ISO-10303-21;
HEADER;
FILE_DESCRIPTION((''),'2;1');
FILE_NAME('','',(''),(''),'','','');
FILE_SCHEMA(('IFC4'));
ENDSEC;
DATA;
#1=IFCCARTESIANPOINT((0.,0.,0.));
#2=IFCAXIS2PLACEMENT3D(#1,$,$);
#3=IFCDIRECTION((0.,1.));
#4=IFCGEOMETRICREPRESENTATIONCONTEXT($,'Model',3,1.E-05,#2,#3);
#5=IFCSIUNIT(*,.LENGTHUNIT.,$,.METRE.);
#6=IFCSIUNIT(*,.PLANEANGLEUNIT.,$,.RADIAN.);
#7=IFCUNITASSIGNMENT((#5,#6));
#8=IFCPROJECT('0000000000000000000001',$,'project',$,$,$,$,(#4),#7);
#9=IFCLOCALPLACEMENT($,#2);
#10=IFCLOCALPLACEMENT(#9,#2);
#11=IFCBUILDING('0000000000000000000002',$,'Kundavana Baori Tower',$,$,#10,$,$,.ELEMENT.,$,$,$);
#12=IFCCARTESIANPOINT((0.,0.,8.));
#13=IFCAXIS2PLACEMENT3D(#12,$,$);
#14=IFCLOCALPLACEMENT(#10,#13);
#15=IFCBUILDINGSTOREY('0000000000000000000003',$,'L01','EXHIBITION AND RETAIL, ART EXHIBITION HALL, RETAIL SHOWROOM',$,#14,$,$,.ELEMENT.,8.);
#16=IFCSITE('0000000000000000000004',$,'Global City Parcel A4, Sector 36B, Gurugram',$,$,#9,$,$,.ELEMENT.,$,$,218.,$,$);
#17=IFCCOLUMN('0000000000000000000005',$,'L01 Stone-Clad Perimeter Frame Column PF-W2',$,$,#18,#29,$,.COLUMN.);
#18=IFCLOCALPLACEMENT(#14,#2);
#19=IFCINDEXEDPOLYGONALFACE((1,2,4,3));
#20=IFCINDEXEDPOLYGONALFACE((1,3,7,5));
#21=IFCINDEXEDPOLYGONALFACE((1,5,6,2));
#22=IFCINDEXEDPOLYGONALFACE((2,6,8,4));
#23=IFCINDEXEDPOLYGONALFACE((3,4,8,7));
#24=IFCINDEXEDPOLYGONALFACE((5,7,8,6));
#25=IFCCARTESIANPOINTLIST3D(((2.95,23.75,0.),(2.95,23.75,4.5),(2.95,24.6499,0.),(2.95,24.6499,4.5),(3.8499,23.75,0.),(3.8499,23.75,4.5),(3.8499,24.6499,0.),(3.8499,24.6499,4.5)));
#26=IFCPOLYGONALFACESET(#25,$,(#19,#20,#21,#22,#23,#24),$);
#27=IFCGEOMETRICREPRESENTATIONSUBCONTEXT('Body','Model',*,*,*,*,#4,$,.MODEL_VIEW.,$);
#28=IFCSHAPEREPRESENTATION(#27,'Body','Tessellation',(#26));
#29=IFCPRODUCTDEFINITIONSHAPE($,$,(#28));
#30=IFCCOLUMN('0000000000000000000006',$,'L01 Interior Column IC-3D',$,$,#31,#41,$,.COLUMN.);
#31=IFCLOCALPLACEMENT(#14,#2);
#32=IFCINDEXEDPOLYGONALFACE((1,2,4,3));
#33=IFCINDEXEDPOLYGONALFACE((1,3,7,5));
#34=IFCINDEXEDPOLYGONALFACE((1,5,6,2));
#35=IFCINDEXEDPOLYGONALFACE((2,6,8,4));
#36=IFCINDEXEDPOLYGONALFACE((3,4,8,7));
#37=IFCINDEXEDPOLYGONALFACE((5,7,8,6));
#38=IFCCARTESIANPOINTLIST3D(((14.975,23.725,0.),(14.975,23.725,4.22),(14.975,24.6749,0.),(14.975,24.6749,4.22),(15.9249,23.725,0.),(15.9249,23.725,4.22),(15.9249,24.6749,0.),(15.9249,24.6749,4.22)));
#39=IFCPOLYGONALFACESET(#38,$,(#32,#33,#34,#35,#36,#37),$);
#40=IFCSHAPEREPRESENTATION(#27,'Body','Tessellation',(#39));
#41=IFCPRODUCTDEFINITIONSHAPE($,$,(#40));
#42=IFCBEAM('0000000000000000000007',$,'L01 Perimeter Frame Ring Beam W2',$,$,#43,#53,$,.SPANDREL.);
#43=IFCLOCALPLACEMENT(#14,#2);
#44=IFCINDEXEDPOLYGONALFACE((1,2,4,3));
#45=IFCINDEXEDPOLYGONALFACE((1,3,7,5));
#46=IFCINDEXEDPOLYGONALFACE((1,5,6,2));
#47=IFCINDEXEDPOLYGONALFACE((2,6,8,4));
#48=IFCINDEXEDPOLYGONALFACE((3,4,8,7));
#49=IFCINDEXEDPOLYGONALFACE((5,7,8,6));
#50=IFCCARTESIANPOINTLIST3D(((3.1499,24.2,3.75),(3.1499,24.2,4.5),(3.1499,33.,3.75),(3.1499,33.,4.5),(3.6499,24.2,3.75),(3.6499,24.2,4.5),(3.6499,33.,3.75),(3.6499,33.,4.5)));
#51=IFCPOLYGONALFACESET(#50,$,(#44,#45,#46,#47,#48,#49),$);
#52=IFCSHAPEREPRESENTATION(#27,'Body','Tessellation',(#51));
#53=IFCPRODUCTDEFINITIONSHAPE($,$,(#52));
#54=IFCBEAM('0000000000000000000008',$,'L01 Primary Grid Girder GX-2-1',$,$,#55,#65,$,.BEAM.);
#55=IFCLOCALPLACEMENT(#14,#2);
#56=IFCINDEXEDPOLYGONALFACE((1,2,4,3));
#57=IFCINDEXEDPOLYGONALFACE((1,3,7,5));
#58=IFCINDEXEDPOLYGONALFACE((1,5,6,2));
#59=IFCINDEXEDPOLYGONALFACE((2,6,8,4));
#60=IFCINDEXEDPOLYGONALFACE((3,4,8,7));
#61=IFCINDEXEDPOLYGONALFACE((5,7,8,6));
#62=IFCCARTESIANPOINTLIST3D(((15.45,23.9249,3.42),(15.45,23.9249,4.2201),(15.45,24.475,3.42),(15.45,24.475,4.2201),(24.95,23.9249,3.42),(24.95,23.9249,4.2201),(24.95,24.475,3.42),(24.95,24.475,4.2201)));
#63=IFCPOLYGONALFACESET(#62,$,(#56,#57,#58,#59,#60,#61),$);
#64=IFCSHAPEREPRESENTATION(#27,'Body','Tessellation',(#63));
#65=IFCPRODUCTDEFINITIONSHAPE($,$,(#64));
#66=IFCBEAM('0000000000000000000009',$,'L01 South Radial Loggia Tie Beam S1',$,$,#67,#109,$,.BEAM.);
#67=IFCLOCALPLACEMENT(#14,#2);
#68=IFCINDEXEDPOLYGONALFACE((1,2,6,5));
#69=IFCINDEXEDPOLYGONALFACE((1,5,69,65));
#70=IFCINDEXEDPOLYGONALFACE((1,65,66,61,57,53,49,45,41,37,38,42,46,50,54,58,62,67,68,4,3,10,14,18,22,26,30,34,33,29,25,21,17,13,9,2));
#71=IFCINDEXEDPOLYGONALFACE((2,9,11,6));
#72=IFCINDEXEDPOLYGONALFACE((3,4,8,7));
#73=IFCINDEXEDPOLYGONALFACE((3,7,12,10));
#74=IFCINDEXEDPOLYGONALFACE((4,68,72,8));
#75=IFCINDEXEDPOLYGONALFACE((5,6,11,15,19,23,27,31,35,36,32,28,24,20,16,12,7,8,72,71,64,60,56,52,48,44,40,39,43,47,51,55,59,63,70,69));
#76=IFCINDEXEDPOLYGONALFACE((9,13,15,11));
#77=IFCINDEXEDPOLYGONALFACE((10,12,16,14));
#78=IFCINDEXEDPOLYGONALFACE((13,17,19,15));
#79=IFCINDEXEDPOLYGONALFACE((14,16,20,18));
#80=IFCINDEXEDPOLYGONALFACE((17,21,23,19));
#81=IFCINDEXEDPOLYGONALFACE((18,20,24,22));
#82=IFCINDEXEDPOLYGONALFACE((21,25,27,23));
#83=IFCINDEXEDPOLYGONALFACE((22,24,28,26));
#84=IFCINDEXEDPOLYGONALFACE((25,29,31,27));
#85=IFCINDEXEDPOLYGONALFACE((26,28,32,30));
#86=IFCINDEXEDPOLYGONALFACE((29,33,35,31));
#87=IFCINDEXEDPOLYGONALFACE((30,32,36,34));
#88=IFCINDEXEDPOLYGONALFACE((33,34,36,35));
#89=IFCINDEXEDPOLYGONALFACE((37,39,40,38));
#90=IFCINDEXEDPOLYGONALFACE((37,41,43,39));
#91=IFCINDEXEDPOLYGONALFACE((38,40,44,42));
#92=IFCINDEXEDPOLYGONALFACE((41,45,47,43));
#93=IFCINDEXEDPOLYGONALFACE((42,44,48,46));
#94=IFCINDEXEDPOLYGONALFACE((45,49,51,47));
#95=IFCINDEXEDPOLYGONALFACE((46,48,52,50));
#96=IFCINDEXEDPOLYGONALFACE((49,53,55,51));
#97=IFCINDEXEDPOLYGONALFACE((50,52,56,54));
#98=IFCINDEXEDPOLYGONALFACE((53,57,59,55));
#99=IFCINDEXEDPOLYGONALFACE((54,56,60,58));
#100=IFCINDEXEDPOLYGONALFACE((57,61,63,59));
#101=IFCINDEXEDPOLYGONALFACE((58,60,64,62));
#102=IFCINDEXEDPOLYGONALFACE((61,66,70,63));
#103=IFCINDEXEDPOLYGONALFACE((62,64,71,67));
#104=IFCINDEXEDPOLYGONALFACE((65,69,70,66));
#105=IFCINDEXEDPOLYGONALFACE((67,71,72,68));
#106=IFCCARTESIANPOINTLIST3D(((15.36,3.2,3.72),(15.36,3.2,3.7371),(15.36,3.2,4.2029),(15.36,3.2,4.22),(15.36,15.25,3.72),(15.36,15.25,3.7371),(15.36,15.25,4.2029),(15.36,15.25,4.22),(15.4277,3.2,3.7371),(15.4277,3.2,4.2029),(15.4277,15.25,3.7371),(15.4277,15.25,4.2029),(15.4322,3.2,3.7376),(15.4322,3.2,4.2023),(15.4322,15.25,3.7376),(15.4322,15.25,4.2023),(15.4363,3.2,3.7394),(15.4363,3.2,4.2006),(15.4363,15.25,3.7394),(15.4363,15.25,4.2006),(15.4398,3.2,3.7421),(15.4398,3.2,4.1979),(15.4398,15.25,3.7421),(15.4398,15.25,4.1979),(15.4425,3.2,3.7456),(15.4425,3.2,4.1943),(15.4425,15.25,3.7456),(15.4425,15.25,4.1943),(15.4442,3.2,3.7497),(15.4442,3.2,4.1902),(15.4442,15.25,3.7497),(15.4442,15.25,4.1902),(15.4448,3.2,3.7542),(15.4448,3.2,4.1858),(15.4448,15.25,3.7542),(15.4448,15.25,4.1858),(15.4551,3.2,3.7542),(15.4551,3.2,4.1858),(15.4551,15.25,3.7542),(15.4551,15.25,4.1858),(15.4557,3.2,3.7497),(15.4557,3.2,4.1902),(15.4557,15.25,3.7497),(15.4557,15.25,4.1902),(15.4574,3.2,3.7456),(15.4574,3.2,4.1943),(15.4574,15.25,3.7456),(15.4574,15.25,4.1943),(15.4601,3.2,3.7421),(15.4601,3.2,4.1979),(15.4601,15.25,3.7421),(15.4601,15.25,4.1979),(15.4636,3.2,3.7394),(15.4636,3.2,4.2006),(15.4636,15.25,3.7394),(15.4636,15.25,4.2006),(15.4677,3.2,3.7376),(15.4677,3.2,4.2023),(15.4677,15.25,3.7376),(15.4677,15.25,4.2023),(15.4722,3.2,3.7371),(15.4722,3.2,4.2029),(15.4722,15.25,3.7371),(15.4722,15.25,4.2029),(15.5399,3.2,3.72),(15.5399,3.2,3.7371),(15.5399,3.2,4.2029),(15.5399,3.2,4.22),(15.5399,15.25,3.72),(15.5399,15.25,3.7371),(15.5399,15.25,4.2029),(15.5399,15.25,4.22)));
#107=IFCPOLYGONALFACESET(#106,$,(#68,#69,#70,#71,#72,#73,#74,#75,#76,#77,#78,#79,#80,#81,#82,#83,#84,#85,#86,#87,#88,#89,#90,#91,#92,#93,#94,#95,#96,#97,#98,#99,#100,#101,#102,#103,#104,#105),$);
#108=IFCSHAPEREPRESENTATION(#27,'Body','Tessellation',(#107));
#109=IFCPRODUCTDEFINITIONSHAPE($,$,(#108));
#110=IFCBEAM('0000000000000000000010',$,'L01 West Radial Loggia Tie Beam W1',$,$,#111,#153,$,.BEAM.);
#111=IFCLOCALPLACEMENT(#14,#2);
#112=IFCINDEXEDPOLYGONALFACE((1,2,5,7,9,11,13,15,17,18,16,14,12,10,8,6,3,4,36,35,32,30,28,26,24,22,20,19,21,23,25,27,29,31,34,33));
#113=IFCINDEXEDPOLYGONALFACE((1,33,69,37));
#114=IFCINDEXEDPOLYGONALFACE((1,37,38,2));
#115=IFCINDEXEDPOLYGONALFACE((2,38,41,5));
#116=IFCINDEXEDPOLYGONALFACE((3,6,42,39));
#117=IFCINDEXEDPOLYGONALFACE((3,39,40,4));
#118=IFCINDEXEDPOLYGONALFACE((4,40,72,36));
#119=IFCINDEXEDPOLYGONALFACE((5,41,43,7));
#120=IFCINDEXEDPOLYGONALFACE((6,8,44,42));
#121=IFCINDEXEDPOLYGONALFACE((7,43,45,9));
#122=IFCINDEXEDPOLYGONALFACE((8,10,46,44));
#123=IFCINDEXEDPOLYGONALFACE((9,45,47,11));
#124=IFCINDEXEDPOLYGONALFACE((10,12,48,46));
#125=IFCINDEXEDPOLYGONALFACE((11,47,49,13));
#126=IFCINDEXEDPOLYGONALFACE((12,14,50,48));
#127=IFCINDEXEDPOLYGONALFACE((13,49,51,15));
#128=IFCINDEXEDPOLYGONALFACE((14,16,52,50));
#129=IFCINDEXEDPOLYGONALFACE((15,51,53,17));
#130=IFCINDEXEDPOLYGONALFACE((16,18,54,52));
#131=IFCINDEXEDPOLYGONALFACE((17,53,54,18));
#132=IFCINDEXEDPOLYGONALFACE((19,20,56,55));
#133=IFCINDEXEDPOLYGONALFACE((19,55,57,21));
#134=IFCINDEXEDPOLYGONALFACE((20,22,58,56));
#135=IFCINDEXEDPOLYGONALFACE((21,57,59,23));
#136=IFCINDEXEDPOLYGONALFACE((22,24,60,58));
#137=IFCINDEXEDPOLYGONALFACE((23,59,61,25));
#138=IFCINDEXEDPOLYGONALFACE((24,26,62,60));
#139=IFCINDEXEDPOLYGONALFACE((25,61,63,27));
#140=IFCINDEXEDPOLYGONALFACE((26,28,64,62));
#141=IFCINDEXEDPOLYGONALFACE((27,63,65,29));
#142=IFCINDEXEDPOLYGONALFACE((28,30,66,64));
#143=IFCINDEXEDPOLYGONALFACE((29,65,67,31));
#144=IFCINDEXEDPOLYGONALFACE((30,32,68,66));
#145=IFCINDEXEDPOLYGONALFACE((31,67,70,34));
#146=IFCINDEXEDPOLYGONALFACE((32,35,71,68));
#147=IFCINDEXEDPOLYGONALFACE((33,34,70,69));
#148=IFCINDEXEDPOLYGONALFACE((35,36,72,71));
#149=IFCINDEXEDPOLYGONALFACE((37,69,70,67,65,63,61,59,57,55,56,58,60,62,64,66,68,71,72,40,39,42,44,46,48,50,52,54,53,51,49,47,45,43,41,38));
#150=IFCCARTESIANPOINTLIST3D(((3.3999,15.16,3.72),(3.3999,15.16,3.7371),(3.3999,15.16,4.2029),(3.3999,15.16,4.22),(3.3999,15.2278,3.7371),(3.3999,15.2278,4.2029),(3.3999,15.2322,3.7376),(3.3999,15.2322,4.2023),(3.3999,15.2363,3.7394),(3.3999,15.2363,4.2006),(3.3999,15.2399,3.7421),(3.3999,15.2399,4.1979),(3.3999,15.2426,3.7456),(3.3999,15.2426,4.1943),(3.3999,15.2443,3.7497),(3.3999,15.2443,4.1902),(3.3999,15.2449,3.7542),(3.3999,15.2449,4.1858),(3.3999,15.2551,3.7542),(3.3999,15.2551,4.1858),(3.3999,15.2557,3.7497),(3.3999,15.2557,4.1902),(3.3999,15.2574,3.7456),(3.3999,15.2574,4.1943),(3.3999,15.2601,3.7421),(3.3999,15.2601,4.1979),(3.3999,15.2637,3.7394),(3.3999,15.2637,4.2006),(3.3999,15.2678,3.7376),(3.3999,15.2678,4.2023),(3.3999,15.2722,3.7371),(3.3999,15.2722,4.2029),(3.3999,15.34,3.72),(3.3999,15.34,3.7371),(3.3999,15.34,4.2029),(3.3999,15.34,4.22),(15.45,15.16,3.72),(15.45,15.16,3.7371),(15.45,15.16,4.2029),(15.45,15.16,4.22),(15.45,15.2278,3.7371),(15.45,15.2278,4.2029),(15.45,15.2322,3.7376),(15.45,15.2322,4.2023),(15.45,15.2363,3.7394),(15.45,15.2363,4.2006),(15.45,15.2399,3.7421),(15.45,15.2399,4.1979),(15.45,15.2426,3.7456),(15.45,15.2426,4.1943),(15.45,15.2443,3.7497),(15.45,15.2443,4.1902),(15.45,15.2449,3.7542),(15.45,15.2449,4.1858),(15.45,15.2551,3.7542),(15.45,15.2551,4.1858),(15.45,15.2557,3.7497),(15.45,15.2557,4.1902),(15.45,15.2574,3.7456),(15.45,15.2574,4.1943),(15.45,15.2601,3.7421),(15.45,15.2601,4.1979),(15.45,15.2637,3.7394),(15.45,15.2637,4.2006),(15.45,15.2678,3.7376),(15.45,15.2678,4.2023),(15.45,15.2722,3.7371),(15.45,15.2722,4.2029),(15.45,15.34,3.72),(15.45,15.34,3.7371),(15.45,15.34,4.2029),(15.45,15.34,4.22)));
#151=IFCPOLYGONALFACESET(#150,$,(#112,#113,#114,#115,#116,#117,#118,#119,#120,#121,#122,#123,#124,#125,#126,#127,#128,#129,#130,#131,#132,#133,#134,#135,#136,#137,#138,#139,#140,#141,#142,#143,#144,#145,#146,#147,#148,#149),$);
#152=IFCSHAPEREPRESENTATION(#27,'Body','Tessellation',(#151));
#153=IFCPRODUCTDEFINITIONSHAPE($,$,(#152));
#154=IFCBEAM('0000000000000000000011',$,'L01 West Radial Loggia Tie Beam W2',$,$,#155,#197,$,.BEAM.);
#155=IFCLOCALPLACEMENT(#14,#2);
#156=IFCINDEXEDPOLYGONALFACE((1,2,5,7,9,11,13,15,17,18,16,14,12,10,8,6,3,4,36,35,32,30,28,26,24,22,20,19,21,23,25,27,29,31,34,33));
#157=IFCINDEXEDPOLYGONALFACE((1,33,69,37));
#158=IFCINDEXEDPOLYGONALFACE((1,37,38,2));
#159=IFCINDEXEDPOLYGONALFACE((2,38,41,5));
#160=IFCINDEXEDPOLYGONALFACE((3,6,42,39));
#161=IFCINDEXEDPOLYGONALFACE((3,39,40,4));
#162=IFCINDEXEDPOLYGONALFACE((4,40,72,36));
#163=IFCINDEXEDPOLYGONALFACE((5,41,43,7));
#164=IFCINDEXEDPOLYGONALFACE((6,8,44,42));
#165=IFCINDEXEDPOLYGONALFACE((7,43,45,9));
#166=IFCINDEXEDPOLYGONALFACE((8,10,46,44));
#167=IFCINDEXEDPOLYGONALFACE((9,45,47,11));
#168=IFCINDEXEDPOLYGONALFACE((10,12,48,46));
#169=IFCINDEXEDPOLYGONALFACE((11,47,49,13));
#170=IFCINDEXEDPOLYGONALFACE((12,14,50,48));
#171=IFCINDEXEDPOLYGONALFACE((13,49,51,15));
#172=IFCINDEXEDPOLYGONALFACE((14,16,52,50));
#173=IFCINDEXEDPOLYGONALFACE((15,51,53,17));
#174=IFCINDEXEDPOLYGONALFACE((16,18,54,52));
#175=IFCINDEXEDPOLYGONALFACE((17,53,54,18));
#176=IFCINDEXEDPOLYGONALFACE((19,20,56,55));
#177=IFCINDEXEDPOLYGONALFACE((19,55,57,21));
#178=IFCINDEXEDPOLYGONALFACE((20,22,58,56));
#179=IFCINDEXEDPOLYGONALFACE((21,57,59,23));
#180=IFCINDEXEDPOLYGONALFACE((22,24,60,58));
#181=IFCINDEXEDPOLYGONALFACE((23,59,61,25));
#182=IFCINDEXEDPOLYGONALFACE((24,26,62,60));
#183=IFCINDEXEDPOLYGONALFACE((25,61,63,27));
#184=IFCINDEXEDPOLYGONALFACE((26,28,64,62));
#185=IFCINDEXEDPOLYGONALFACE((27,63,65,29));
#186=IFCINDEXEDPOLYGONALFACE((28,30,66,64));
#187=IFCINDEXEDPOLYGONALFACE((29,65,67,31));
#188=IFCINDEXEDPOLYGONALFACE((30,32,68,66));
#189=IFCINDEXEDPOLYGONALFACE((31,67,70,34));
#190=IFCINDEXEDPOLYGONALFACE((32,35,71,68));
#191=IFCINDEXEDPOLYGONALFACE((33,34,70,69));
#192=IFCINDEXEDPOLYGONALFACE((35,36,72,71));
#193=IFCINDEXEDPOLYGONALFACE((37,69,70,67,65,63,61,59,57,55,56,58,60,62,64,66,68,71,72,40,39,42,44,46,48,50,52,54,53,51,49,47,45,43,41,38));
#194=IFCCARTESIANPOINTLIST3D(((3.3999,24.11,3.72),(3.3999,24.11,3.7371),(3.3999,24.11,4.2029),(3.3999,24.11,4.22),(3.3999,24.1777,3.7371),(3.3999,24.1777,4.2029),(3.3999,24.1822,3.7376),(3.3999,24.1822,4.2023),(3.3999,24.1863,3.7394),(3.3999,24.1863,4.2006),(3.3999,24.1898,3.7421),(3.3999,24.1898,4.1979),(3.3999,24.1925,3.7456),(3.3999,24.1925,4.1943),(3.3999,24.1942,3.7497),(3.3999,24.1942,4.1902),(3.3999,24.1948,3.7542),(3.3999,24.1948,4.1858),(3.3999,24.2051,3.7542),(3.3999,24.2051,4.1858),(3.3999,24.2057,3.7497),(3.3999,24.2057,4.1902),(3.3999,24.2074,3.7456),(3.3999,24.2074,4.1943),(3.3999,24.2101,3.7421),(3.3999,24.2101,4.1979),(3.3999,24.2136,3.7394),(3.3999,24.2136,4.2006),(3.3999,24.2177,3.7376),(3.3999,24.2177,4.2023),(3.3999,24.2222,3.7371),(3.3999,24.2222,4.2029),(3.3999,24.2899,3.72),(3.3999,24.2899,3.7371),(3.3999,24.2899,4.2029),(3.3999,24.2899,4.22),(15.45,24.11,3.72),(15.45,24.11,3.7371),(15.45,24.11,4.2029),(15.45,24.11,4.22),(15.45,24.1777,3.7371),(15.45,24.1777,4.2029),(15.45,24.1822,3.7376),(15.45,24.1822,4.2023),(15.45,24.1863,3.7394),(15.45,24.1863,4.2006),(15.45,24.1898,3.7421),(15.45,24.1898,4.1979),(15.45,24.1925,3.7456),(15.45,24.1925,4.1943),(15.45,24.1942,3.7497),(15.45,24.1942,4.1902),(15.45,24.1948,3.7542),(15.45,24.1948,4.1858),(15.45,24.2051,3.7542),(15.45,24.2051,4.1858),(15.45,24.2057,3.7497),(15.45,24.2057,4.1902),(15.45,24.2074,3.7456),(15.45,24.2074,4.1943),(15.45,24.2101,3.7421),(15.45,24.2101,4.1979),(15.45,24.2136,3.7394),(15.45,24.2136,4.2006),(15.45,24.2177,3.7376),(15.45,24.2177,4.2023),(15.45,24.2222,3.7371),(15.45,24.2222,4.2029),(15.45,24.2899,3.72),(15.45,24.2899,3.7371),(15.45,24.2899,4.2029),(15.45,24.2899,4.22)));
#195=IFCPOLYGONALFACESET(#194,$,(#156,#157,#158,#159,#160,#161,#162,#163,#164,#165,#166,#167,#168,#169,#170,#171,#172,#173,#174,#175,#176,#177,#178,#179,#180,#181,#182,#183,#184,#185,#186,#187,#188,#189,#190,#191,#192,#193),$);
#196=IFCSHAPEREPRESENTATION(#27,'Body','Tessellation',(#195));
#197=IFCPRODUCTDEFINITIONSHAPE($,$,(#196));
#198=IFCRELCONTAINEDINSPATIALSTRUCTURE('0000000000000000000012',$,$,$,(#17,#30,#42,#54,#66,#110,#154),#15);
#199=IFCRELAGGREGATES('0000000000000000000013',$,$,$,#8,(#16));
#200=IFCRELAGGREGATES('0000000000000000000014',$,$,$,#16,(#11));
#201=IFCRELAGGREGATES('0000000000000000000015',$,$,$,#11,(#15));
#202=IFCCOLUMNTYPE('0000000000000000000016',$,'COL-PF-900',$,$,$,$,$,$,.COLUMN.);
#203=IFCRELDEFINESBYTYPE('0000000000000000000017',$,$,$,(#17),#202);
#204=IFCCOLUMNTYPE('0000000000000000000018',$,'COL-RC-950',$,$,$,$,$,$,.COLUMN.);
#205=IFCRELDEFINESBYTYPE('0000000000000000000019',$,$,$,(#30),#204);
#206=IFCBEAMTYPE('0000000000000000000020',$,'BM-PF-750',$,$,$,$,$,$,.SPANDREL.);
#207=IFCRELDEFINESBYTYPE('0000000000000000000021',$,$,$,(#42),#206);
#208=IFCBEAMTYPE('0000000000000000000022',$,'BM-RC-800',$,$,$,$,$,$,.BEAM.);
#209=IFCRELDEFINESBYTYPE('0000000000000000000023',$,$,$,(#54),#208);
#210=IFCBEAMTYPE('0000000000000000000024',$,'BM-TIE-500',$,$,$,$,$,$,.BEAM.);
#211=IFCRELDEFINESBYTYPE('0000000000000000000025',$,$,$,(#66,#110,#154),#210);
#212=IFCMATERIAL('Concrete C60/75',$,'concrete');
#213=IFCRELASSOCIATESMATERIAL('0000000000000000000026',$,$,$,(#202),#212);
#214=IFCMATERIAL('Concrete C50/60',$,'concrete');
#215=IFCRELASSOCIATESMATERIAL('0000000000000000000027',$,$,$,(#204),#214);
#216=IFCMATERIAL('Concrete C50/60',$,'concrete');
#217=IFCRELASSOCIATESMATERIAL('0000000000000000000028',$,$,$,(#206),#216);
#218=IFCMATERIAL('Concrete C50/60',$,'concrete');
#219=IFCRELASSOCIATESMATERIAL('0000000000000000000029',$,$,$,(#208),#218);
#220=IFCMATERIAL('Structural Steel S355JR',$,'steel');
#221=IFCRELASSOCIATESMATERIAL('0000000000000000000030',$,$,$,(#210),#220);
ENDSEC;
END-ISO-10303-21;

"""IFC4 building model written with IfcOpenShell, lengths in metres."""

from ifc_helpers import new_model, si_unit, direction, frame, origin, origin_2d, place, context, subcontext, project, spatial, rectangle, i_section, extrude, material, material_profile, profile_set, type_object, element, save


model = new_model("IFC4")

# Units and contexts
model_context = context("Model", 3, precision=1e-05, world=origin(), true_north=direction((0.0, 1.0)))
body_context = subcontext(model_context, "Body", "Model", "MODEL_VIEW")
ifc_project = project(units=[si_unit("LENGTHUNIT", "METRE"), si_unit("PLANEANGLEUNIT", "RADIAN")], contexts=[model_context])

# Site, building, storey
site_placement = place(None, origin())
site = spatial("IfcSite", under=ifc_project, at=site_placement, Name="Global City Parcel A4, Sector 36B, Gurugram", CompositionType="ELEMENT", RefElevation=218.0)
building_placement = place(site_placement, origin())
building = spatial("IfcBuilding", under=site, at=building_placement, Name="Kundavana Baori Tower", CompositionType="ELEMENT")
storey_placement = place(building_placement, frame((0.0, 0.0, 8.0)))
storey = spatial("IfcBuildingStorey", under=building, at=storey_placement, Name="L01", Description="EXHIBITION AND RETAIL, ART EXHIBITION HALL, RETAIL SHOWROOM", CompositionType="ELEMENT", Elevation=8.0)

# Columns
ifc_material_1 = material(Name="Concrete C60/75", Category="concrete")
ifc_material_profile_1 = material_profile(ifc_material_1, rectangle(XDim=0.8999, YDim=0.8999, at=origin_2d()), Name="RC PF 900x900")
ifc_profile_set_1 = profile_set([ifc_material_profile_1], Name="Concrete C60/75")
column_type_1 = type_object("IfcColumnType", Name="COL-PF-900", PredefinedType="COLUMN", material=ifc_profile_set_1)
column_1_placement = place(storey_placement, frame((3.3999, 24.2, 0.0), z_axis=(0.0, 0.0, 1.0), x_axis=(1.0, 0.0, 0.0)))
element("IfcColumn", 1, at=column_1_placement, inside=storey, type_object=column_type_1, Name="L01 Stone-Clad Perimeter Frame Column PF-W2", PredefinedType="COLUMN", context=body_context, shape_type="SweptSolid", body=[
    extrude(rectangle(XDim=0.8999, YDim=0.8999, at=origin_2d()), origin(), (0.0, 0.0, 1.0), 4.5),
])
ifc_material_2 = material(Name="Concrete C50/60", Category="concrete")
ifc_material_profile_2 = material_profile(ifc_material_2, rectangle(XDim=0.95, YDim=0.95, at=origin_2d()), Name="RC 950x950")
ifc_profile_set_2 = profile_set([ifc_material_profile_2], Name="Concrete C50/60")
column_type_2 = type_object("IfcColumnType", Name="COL-RC-950", PredefinedType="COLUMN", material=ifc_profile_set_2)
column_2_placement = place(storey_placement, frame((15.45, 24.2, 0.0), z_axis=(0.0, 0.0, 1.0), x_axis=(1.0, 0.0, 0.0)))
element("IfcColumn", 2, at=column_2_placement, inside=storey, type_object=column_type_2, Name="L01 Interior Column IC-3D", PredefinedType="COLUMN", context=body_context, shape_type="SweptSolid", body=[
    extrude(rectangle(XDim=0.95, YDim=0.95, at=origin_2d()), origin(), (0.0, 0.0, 1.0), 4.22),
])

# Beams
ifc_material_3 = material(Name="Concrete C50/60", Category="concrete")
ifc_material_profile_3 = material_profile(ifc_material_3, rectangle(XDim=0.5, YDim=0.75, at=origin_2d()), Name="RC BM 500x750")
ifc_profile_set_3 = profile_set([ifc_material_profile_3], Name="Concrete C50/60")
beam_type_1 = type_object("IfcBeamType", Name="BM-PF-750", PredefinedType="SPANDREL", material=ifc_profile_set_3)
beam_1_placement = place(storey_placement, frame((3.3999, 24.2, 4.125), z_axis=(0.0, 1.0, 0.0), x_axis=(-1.0, 0.0, 0.0)))
element("IfcBeam", 3, at=beam_1_placement, inside=storey, type_object=beam_type_1, Name="L01 Perimeter Frame Ring Beam W2", PredefinedType="SPANDREL", context=body_context, shape_type="SweptSolid", body=[
    extrude(rectangle(XDim=0.5, YDim=0.75, at=origin_2d()), origin(), (0.0, 0.0, 1.0), 8.8),
])
ifc_material_4 = material(Name="Concrete C50/60", Category="concrete")
ifc_material_profile_4 = material_profile(ifc_material_4, rectangle(XDim=0.55, YDim=0.8, at=origin_2d()), Name="RC BM 550x800")
ifc_profile_set_4 = profile_set([ifc_material_profile_4], Name="Concrete C50/60")
beam_type_2 = type_object("IfcBeamType", Name="BM-RC-800", PredefinedType="BEAM", material=ifc_profile_set_4)
beam_2_placement = place(storey_placement, frame((15.45, 24.2, 3.8201), z_axis=(1.0, 0.0, 0.0), x_axis=(0.0, 1.0, 0.0)))
element("IfcBeam", 4, at=beam_2_placement, inside=storey, type_object=beam_type_2, Name="L01 Primary Grid Girder GX-2-1", PredefinedType="BEAM", context=body_context, shape_type="SweptSolid", body=[
    extrude(rectangle(XDim=0.55, YDim=0.8, at=origin_2d()), origin(), (0.0, 0.0, 1.0), 9.5),
])
ifc_material_5 = material(Name="Structural Steel S355JR", Category="steel")
ifc_material_profile_5 = material_profile(ifc_material_5, i_section(OverallWidth=0.1799, OverallDepth=0.5, WebThickness=0.0103, FlangeThickness=0.0171, FilletRadius=0.0171, at=origin_2d()), Name="ISMB 500")
ifc_profile_set_5 = profile_set([ifc_material_profile_5], Name="Structural Steel S355JR")
beam_type_3 = type_object("IfcBeamType", Name="BM-TIE-500", PredefinedType="BEAM", material=ifc_profile_set_5)
for number, where, z_axis, x_axis, name in (
    (5, (15.45, 15.25, 3.97), (0.0, -1.0, 0.0), (1.0, 0.0, 0.0), "L01 South Radial Loggia Tie Beam S1"),
    (6, (15.45, 15.25, 3.97), (-1.0, 0.0, 0.0), (0.0, -1.0, 0.0), "L01 West Radial Loggia Tie Beam W1"),
    (7, (15.45, 24.2, 3.97), (-1.0, 0.0, 0.0), (0.0, -1.0, 0.0), "L01 West Radial Loggia Tie Beam W2"),
):
    element("IfcBeam", number, at=place(storey_placement, frame(where, z_axis=z_axis, x_axis=x_axis)), inside=storey, type_object=beam_type_3, Name=name, PredefinedType="BEAM", context=body_context, shape_type="SweptSolid", body=[
        extrude(i_section(OverallWidth=0.1799, OverallDepth=0.5, WebThickness=0.0103, FlangeThickness=0.0171, FilletRadius=0.0171, at=origin_2d()), origin(), (0.0, 0.0, 1.0), 12.05),
    ])

save(model, "model.ifc")
